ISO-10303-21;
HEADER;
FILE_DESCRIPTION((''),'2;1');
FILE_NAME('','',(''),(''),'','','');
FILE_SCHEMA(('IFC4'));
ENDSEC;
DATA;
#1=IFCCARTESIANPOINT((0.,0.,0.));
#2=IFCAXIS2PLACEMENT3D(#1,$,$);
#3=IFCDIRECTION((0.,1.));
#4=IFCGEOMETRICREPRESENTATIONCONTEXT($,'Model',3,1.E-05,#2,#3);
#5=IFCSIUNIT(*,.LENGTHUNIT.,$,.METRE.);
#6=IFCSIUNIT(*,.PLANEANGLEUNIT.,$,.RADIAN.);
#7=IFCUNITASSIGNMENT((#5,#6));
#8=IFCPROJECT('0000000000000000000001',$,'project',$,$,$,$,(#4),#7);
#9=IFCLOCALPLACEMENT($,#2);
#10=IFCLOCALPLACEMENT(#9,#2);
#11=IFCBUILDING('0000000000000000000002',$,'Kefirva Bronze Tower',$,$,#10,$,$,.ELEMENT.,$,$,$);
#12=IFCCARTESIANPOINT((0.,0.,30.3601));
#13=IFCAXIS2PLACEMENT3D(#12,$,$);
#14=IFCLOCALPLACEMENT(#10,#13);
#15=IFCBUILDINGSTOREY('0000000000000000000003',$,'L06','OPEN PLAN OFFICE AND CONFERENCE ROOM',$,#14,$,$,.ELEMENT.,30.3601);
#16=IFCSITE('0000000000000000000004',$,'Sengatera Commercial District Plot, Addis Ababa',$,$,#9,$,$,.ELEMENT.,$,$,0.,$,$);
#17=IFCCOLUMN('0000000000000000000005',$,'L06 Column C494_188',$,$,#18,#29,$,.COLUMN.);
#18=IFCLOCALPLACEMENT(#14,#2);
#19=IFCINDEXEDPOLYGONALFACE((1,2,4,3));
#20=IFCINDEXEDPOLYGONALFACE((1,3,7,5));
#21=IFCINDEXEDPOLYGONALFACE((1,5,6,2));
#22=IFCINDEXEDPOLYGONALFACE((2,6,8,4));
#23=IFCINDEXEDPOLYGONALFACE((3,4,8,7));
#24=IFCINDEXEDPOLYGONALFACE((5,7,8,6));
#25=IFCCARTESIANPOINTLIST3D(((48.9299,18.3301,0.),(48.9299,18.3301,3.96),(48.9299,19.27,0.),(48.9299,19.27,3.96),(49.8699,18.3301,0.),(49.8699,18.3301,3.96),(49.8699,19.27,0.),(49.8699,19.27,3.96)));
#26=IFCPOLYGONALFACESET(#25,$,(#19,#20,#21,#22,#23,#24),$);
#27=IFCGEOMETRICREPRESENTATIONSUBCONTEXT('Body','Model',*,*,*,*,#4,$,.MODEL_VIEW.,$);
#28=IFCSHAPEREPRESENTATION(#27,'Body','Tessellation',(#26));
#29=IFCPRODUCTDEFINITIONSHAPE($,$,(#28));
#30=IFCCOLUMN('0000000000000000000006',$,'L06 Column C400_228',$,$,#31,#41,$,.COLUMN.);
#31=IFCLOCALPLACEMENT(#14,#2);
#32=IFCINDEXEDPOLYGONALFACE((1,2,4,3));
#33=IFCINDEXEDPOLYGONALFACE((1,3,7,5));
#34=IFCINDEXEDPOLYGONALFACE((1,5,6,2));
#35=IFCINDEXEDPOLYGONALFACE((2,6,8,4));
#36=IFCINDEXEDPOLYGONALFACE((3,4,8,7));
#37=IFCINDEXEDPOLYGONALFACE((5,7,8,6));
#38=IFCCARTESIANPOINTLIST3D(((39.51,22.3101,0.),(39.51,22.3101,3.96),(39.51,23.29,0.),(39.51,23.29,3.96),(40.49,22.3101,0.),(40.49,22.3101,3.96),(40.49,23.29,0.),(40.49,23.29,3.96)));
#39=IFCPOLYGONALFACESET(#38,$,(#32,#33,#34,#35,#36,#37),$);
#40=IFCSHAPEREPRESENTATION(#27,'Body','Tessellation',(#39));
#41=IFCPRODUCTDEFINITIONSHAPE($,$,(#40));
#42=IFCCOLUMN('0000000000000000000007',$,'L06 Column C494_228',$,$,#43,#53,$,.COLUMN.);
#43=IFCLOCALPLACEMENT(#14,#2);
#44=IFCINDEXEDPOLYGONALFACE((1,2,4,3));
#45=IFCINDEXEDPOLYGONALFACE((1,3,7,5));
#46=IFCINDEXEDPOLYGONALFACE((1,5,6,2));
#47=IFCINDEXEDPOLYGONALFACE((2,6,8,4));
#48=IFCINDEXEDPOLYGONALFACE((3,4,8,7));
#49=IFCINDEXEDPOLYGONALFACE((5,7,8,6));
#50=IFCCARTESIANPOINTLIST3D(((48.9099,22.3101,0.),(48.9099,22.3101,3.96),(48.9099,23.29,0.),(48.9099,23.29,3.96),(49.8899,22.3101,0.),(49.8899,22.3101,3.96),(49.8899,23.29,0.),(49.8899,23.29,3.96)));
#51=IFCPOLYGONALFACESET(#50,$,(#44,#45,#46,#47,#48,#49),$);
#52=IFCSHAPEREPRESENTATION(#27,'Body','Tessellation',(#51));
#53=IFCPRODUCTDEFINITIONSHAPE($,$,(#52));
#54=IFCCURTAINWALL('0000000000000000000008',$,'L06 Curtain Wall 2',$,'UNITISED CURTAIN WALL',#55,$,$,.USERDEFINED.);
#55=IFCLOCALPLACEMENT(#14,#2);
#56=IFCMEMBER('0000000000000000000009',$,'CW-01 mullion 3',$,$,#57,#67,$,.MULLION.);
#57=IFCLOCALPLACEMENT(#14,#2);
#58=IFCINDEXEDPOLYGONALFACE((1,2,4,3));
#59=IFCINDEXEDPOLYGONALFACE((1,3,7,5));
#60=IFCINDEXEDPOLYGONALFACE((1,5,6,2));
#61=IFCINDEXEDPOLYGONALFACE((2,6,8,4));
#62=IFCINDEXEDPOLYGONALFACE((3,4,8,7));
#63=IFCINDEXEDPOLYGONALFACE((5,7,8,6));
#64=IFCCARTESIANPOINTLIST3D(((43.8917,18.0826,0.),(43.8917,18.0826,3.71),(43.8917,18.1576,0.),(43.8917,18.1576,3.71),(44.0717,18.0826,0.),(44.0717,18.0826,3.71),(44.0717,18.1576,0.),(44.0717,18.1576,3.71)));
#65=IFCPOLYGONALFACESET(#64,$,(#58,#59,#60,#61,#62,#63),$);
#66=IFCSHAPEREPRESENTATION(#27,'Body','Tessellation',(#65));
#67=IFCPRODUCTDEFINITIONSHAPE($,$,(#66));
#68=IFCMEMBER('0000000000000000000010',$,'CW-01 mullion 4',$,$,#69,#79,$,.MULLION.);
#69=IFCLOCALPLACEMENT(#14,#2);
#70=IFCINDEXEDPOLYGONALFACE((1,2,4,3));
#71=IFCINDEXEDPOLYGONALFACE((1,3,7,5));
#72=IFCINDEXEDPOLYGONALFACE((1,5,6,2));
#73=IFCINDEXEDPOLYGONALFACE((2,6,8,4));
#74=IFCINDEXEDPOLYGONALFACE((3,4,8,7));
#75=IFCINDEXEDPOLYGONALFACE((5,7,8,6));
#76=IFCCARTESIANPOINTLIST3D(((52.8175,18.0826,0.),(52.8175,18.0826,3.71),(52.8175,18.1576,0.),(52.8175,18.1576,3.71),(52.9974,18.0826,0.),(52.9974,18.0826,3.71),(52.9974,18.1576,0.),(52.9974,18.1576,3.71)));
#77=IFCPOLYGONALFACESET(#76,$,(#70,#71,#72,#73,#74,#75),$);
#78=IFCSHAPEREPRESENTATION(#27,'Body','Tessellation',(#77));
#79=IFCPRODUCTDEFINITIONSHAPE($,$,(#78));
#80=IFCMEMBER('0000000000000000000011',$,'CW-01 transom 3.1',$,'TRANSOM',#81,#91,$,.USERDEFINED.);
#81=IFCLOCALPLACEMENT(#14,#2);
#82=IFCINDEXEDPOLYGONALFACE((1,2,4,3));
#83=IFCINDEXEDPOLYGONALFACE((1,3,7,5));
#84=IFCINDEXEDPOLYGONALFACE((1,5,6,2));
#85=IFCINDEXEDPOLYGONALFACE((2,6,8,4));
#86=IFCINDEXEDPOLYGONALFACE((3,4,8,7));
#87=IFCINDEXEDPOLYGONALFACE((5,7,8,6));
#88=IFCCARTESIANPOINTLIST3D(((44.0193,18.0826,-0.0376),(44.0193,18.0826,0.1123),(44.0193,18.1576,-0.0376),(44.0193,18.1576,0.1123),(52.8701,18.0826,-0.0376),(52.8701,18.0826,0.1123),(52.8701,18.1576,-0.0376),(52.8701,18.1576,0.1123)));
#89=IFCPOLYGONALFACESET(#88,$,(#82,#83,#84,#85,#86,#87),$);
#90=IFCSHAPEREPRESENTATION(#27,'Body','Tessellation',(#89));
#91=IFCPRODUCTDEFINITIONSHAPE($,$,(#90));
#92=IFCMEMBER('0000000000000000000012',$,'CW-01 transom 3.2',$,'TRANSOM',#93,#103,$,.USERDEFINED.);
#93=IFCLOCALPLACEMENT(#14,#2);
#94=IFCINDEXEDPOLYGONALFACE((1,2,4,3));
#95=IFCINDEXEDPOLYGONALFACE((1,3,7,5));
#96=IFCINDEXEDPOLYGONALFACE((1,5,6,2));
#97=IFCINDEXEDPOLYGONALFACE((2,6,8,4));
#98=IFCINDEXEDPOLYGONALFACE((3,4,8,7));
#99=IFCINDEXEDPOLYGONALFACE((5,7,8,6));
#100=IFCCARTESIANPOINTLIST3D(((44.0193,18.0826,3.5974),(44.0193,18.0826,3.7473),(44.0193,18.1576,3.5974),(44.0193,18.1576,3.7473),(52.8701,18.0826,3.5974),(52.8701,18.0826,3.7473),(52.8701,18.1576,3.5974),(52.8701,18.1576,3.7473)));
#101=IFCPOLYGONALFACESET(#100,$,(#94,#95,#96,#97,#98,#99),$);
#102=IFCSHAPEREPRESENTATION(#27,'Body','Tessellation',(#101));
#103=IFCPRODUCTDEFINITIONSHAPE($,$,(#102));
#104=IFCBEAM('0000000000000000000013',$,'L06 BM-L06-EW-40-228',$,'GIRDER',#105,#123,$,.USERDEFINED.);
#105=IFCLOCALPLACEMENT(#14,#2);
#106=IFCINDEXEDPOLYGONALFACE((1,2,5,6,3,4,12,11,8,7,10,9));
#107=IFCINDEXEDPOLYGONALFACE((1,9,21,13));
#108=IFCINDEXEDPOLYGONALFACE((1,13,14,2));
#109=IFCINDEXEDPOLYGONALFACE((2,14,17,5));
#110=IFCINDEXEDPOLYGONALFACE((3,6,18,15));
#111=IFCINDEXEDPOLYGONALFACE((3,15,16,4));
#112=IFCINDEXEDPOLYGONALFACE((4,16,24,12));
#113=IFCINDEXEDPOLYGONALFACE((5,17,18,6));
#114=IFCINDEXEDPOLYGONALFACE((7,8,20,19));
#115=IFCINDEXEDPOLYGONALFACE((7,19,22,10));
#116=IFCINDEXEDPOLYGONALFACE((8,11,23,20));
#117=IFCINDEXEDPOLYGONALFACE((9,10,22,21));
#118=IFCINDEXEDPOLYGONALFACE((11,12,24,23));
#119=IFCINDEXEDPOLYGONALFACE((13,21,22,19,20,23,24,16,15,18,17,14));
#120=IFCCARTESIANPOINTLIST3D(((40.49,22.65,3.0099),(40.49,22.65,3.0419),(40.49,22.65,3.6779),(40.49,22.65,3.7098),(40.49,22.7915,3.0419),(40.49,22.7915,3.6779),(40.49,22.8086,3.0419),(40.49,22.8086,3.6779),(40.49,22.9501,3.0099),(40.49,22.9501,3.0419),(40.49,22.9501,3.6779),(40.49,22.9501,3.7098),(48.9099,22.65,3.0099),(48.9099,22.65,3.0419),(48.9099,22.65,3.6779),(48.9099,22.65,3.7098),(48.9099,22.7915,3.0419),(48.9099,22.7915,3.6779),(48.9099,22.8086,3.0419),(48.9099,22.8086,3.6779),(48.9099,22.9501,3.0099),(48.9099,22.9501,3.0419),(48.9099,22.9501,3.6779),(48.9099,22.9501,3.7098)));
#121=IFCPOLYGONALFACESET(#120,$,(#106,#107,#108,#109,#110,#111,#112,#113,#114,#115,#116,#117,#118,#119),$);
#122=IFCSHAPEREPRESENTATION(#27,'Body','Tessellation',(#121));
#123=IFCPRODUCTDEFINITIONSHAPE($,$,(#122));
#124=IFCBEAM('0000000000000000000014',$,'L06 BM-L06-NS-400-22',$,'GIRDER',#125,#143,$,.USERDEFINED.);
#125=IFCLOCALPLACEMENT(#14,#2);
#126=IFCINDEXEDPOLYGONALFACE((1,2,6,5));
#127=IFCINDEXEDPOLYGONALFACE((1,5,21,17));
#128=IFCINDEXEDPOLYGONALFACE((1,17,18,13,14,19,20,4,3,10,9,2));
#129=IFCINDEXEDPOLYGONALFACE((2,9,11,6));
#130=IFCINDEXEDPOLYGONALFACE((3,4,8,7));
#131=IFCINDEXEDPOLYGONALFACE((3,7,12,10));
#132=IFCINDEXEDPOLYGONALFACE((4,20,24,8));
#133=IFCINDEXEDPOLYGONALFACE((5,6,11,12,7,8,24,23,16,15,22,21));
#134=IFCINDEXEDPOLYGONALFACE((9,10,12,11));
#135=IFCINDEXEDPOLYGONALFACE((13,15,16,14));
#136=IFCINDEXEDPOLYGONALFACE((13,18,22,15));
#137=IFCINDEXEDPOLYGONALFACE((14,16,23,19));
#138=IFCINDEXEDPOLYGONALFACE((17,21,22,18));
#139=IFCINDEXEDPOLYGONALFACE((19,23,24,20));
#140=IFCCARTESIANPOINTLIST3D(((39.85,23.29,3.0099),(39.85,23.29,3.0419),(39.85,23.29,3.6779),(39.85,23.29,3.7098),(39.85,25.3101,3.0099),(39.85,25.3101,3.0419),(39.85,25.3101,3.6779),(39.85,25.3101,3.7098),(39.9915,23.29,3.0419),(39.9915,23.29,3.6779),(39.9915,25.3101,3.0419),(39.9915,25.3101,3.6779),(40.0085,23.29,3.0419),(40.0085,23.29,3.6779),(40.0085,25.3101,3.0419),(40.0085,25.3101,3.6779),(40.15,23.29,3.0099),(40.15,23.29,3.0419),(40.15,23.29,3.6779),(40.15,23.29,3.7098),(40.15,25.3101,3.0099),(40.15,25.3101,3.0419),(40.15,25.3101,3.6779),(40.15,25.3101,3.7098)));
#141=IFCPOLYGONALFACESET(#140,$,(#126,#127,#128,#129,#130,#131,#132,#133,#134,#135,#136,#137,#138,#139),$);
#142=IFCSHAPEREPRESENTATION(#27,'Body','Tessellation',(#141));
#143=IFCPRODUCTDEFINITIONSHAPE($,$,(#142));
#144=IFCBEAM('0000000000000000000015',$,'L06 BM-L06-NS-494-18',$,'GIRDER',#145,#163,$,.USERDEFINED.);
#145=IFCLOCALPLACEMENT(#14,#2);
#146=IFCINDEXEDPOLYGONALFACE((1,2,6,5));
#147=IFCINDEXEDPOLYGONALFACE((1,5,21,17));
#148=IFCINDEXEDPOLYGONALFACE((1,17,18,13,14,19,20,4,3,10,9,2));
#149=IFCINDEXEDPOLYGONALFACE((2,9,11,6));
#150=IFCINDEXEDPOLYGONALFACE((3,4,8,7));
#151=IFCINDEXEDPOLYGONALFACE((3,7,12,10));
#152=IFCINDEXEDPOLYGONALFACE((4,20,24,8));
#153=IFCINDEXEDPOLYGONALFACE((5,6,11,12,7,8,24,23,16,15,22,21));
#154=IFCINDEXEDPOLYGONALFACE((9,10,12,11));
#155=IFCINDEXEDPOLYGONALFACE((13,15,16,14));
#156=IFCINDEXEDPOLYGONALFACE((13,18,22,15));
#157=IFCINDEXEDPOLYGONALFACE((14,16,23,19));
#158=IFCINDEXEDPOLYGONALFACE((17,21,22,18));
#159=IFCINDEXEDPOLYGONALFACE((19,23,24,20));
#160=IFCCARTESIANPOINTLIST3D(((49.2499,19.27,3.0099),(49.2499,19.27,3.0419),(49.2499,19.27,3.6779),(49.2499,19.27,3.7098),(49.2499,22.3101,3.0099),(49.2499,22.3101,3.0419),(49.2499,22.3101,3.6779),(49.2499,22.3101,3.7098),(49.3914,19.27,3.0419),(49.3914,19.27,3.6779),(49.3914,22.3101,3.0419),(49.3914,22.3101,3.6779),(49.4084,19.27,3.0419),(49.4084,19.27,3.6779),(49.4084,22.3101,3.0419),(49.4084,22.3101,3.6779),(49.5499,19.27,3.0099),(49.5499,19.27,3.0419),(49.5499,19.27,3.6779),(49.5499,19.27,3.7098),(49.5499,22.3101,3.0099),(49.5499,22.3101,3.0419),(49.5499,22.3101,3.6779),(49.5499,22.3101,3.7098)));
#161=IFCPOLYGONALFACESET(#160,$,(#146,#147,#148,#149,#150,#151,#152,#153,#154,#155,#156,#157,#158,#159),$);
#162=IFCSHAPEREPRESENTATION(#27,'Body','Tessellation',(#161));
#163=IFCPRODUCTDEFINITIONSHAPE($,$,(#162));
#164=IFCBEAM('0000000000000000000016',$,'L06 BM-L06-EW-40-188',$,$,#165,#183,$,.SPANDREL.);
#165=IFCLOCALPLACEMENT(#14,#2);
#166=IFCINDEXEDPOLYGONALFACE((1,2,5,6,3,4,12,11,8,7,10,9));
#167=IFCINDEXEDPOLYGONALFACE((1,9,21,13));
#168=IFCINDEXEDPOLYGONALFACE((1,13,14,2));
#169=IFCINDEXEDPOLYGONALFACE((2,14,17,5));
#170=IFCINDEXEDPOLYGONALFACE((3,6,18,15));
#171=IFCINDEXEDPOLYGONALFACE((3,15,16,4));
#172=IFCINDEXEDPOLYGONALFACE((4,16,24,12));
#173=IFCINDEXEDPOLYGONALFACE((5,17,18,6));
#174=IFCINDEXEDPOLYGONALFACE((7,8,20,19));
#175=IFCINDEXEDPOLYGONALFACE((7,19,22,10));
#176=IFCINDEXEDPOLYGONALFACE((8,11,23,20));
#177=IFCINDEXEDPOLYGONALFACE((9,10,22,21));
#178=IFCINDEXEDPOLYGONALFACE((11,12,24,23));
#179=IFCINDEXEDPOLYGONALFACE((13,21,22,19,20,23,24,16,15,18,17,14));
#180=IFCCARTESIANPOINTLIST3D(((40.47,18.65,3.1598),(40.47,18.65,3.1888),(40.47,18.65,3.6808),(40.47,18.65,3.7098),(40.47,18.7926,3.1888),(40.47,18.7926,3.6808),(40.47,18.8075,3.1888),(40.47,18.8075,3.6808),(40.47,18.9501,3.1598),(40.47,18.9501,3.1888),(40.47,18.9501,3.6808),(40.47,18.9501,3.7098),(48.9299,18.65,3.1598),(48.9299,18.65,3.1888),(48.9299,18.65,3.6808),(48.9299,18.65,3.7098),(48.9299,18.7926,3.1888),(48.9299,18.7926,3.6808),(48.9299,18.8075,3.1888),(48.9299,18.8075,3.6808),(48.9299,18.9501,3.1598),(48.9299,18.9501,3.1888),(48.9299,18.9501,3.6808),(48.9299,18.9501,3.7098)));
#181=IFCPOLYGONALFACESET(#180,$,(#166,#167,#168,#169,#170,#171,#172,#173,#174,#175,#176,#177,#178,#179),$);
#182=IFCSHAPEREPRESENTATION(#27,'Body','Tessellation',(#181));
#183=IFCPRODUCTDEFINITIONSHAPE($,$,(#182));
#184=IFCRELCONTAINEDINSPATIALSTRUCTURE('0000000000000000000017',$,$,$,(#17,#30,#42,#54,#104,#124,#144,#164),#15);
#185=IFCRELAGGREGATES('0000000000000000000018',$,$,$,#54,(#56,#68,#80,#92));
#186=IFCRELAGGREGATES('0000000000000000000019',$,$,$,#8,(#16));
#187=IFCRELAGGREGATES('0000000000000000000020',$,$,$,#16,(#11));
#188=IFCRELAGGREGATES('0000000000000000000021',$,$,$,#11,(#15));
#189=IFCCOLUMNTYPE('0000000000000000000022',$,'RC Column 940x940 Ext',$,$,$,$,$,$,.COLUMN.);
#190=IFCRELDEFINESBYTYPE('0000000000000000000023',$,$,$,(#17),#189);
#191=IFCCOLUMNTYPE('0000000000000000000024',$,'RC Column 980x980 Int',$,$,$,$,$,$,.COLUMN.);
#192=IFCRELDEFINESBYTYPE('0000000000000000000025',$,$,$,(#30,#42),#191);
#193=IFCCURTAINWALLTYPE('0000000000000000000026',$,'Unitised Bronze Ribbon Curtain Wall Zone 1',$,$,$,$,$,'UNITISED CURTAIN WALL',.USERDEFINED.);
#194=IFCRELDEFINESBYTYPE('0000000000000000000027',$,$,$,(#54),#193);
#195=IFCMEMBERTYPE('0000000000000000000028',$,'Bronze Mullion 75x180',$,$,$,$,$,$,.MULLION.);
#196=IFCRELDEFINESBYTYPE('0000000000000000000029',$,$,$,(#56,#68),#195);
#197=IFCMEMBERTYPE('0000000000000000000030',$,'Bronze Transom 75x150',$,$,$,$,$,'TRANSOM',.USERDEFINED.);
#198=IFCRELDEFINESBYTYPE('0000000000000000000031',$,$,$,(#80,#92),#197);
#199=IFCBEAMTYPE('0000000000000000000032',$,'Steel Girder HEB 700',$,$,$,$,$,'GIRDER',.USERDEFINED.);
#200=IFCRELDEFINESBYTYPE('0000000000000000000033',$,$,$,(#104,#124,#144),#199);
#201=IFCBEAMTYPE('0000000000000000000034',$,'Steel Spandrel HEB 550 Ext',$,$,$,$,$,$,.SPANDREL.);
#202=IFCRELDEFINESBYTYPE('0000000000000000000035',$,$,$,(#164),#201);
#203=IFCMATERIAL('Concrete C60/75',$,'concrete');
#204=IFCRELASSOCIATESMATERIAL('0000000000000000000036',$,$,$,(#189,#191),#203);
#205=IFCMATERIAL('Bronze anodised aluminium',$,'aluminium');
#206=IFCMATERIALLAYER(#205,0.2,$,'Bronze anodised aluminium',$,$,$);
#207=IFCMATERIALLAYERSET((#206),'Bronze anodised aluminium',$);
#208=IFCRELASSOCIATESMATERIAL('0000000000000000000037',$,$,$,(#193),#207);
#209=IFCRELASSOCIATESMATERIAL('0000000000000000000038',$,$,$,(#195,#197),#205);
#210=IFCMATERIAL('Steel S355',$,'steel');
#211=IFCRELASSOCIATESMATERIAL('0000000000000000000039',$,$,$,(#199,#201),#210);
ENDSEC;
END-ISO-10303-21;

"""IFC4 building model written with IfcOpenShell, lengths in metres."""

from ifc_helpers import new_model, si_unit, direction, frame, origin, origin_2d, place, context, subcontext, project, spatial, rectangle, i_section, extrude, material, layer, layer_set, material_profile, profile_set, type_object, element, aggregate, save


model = new_model("IFC4")

# Units and contexts
model_context = context("Model", 3, precision=1e-05, world=origin(), true_north=direction((0.0, 1.0)))
body_context = subcontext(model_context, "Body", "Model", "MODEL_VIEW")
ifc_project = project(units=[si_unit("LENGTHUNIT", "METRE"), si_unit("PLANEANGLEUNIT", "RADIAN")], contexts=[model_context])

# Site, building, storey
site_placement = place(None, origin())
site = spatial("IfcSite", under=ifc_project, at=site_placement, Name="Sengatera Commercial District Plot, Addis Ababa", CompositionType="ELEMENT", RefElevation=0.0)
building_placement = place(site_placement, origin())
building = spatial("IfcBuilding", under=site, at=building_placement, Name="Kefirva Bronze Tower", CompositionType="ELEMENT")
storey_placement = place(building_placement, frame((0.0, 0.0, 30.3601)))
storey = spatial("IfcBuildingStorey", under=building, at=storey_placement, Name="L06", Description="OPEN PLAN OFFICE AND CONFERENCE ROOM", CompositionType="ELEMENT", Elevation=30.3601)

# Columns
ifc_material_1 = material(Name="Concrete C60/75", Category="concrete")
ifc_material_profile_1 = material_profile(ifc_material_1, rectangle(XDim=0.9399, YDim=0.9399, at=origin_2d()), Name="RC 940x940")
ifc_profile_set_1 = profile_set([ifc_material_profile_1], Name="Concrete C60/75")
column_type_1 = type_object("IfcColumnType", Name="RC Column 940x940 Ext", PredefinedType="COLUMN", material=ifc_profile_set_1)
column_placement = place(storey_placement, frame((49.3999, 18.8, 0.0), z_axis=(0.0, 0.0, 1.0), x_axis=(1.0, 0.0, 0.0)))
element("IfcColumn", 1, at=column_placement, inside=storey, type_object=column_type_1, Name="L06 Column C494_188", PredefinedType="COLUMN", context=body_context, shape_type="SweptSolid", body=[
    extrude(rectangle(XDim=0.9399, YDim=0.9399, at=origin_2d()), origin(), (0.0, 0.0, 1.0), 3.96),
])
ifc_material_profile_2 = material_profile(ifc_material_1, rectangle(XDim=0.98, YDim=0.98, at=origin_2d()), Name="RC 980x980")
ifc_profile_set_2 = profile_set([ifc_material_profile_2], Name="Concrete C60/75")
column_type_2 = type_object("IfcColumnType", Name="RC Column 980x980 Int", PredefinedType="COLUMN", material=ifc_profile_set_2)
for number, where, z_axis, x_axis, name in (
    (2, (40.0, 22.8, 0.0), (0.0, 0.0, 1.0), (1.0, 0.0, 0.0), "L06 Column C400_228"),
    (3, (49.3999, 22.8, 0.0), (0.0, 0.0, 1.0), (1.0, 0.0, 0.0), "L06 Column C494_228"),
):
    element("IfcColumn", number, at=place(storey_placement, frame(where, z_axis=z_axis, x_axis=x_axis)), inside=storey, type_object=column_type_2, Name=name, PredefinedType="COLUMN", context=body_context, shape_type="SweptSolid", body=[
        extrude(rectangle(XDim=0.98, YDim=0.98, at=origin_2d()), origin(), (0.0, 0.0, 1.0), 3.96),
    ])

# Curtain wall, members
ifc_material_2 = material(Name="Bronze anodised aluminium", Category="aluminium")
ifc_layer_1 = layer(ifc_material_2, 0.2, Name="Bronze anodised aluminium")
ifc_layer_set_1 = layer_set([ifc_layer_1], Name="Bronze anodised aluminium")
curtain_wall_type = type_object("IfcCurtainWallType", Name="Unitised Bronze Ribbon Curtain Wall Zone 1", ElementType="UNITISED CURTAIN WALL", PredefinedType="USERDEFINED", material=ifc_layer_set_1)
curtain_wall_placement = place(storey_placement, origin())
curtain_wall = element("IfcCurtainWall", 4, at=curtain_wall_placement, inside=storey, type_object=curtain_wall_type, Name="L06 Curtain Wall 2", ObjectType="UNITISED CURTAIN WALL", PredefinedType="USERDEFINED")
ifc_material_profile_3 = material_profile(ifc_material_2, rectangle(XDim=0.075, YDim=0.1799, at=origin_2d()), Name="ALU 75x180")
ifc_profile_set_3 = profile_set([ifc_material_profile_3], Name="Bronze anodised aluminium")
member_type_1 = type_object("IfcMemberType", Name="Bronze Mullion 75x180", PredefinedType="MULLION", material=ifc_profile_set_3)
member_1_placement = place(storey_placement, frame((43.9817, 18.1201, 0.0), z_axis=(0.0, 0.0, 1.0), x_axis=(0.0, 1.0, 0.0)))
member_1 = element("IfcMember", 5, at=member_1_placement, type_object=member_type_1, Name="CW-01 mullion 3", PredefinedType="MULLION", context=body_context, shape_type="SweptSolid", body=[
    extrude(rectangle(XDim=0.075, YDim=0.1799, at=origin_2d()), origin(), (0.0, 0.0, 1.0), 3.71),
])
member_2_placement = place(storey_placement, frame((52.9075, 18.1201, 0.0), z_axis=(0.0, 0.0, 1.0), x_axis=(0.0, 1.0, 0.0)))
member_2 = element("IfcMember", 6, at=member_2_placement, type_object=member_type_1, Name="CW-01 mullion 4", PredefinedType="MULLION", context=body_context, shape_type="SweptSolid", body=[
    extrude(rectangle(XDim=0.075, YDim=0.1799, at=origin_2d()), origin(), (0.0, 0.0, 1.0), 3.71),
])
ifc_material_profile_4 = material_profile(ifc_material_2, rectangle(XDim=0.075, YDim=0.1499, at=origin_2d()), Name="ALU 75x150")
ifc_profile_set_4 = profile_set([ifc_material_profile_4], Name="Bronze anodised aluminium")
member_type_2 = type_object("IfcMemberType", Name="Bronze Transom 75x150", ElementType="TRANSOM", PredefinedType="USERDEFINED", material=ifc_profile_set_4)
member_3_placement = place(storey_placement, frame((44.0193, 18.1201, 0.0374), z_axis=(1.0, 0.0, 0.0), x_axis=(0.0, 1.0, 0.0)))
member_3 = element("IfcMember", 7, at=member_3_placement, type_object=member_type_2, Name="CW-01 transom 3.1", ObjectType="TRANSOM", PredefinedType="USERDEFINED", context=body_context, shape_type="SweptSolid", body=[
    extrude(rectangle(XDim=0.075, YDim=0.1499, at=origin_2d()), origin(), (0.0, 0.0, 1.0), 8.8508),
])
member_4_placement = place(storey_placement, frame((44.0193, 18.1201, 3.6724), z_axis=(1.0, 0.0, 0.0), x_axis=(0.0, 1.0, 0.0)))
member_4 = element("IfcMember", 8, at=member_4_placement, type_object=member_type_2, Name="CW-01 transom 3.2", ObjectType="TRANSOM", PredefinedType="USERDEFINED", context=body_context, shape_type="SweptSolid", body=[
    extrude(rectangle(XDim=0.075, YDim=0.1499, at=origin_2d()), origin(), (0.0, 0.0, 1.0), 8.8508),
])

# Beams
ifc_material_3 = material(Name="Steel S355", Category="steel")
ifc_material_profile_5 = material_profile(ifc_material_3, i_section(OverallWidth=0.3, OverallDepth=0.7, WebThickness=0.0171, FlangeThickness=0.032, at=origin_2d()), Name="HEB 700")
ifc_profile_set_5 = profile_set([ifc_material_profile_5], Name="Steel S355")
beam_type_1 = type_object("IfcBeamType", Name="Steel Girder HEB 700", ElementType="GIRDER", PredefinedType="USERDEFINED", material=ifc_profile_set_5)
beam_1_placement = place(storey_placement, frame((40.49, 22.8, 3.3599), z_axis=(1.0, 0.0, 0.0), x_axis=(0.0, 1.0, 0.0)))
element("IfcBeam", 9, at=beam_1_placement, inside=storey, type_object=beam_type_1, Name="L06 BM-L06-EW-40-228", ObjectType="GIRDER", PredefinedType="USERDEFINED", context=body_context, shape_type="SweptSolid", body=[
    extrude(i_section(OverallWidth=0.3, OverallDepth=0.7, WebThickness=0.0171, FlangeThickness=0.032, at=origin_2d()), origin(), (0.0, 0.0, 1.0), 8.4199),
])
beam_2_placement = place(storey_placement, frame((40.0, 23.29, 3.3599), z_axis=(0.0, 1.0, 0.0), x_axis=(-1.0, 0.0, 0.0)))
element("IfcBeam", 10, at=beam_2_placement, inside=storey, type_object=beam_type_1, Name="L06 BM-L06-NS-400-22", ObjectType="GIRDER", PredefinedType="USERDEFINED", context=body_context, shape_type="SweptSolid", body=[
    extrude(i_section(OverallWidth=0.3, OverallDepth=0.7, WebThickness=0.0171, FlangeThickness=0.032, at=origin_2d()), origin(), (0.0, 0.0, 1.0), 2.02),
])
beam_3_placement = place(storey_placement, frame((49.3999, 19.27, 3.3599), z_axis=(0.0, 1.0, 0.0), x_axis=(-1.0, 0.0, 0.0)))
element("IfcBeam", 11, at=beam_3_placement, inside=storey, type_object=beam_type_1, Name="L06 BM-L06-NS-494-18", ObjectType="GIRDER", PredefinedType="USERDEFINED", context=body_context, shape_type="SweptSolid", body=[
    extrude(i_section(OverallWidth=0.3, OverallDepth=0.7, WebThickness=0.0171, FlangeThickness=0.032, at=origin_2d()), origin(), (0.0, 0.0, 1.0), 3.04),
])
ifc_material_profile_6 = material_profile(ifc_material_3, i_section(OverallWidth=0.3, OverallDepth=0.55, WebThickness=0.0149, FlangeThickness=0.0291, at=origin_2d()), Name="HEB 550")
ifc_profile_set_6 = profile_set([ifc_material_profile_6], Name="Steel S355")
beam_type_2 = type_object("IfcBeamType", Name="Steel Spandrel HEB 550 Ext", PredefinedType="SPANDREL", material=ifc_profile_set_6)
beam_4_placement = place(storey_placement, frame((40.47, 18.8, 3.4348), z_axis=(1.0, 0.0, 0.0), x_axis=(0.0, 1.0, 0.0)))
element("IfcBeam", 12, at=beam_4_placement, inside=storey, type_object=beam_type_2, Name="L06 BM-L06-EW-40-188", PredefinedType="SPANDREL", context=body_context, shape_type="SweptSolid", body=[
    extrude(i_section(OverallWidth=0.3, OverallDepth=0.55, WebThickness=0.0149, FlangeThickness=0.0291, at=origin_2d()), origin(), (0.0, 0.0, 1.0), 8.46),
])

aggregate(curtain_wall, [member_1, member_2, member_3, member_4])

save(model, "model.ifc")
